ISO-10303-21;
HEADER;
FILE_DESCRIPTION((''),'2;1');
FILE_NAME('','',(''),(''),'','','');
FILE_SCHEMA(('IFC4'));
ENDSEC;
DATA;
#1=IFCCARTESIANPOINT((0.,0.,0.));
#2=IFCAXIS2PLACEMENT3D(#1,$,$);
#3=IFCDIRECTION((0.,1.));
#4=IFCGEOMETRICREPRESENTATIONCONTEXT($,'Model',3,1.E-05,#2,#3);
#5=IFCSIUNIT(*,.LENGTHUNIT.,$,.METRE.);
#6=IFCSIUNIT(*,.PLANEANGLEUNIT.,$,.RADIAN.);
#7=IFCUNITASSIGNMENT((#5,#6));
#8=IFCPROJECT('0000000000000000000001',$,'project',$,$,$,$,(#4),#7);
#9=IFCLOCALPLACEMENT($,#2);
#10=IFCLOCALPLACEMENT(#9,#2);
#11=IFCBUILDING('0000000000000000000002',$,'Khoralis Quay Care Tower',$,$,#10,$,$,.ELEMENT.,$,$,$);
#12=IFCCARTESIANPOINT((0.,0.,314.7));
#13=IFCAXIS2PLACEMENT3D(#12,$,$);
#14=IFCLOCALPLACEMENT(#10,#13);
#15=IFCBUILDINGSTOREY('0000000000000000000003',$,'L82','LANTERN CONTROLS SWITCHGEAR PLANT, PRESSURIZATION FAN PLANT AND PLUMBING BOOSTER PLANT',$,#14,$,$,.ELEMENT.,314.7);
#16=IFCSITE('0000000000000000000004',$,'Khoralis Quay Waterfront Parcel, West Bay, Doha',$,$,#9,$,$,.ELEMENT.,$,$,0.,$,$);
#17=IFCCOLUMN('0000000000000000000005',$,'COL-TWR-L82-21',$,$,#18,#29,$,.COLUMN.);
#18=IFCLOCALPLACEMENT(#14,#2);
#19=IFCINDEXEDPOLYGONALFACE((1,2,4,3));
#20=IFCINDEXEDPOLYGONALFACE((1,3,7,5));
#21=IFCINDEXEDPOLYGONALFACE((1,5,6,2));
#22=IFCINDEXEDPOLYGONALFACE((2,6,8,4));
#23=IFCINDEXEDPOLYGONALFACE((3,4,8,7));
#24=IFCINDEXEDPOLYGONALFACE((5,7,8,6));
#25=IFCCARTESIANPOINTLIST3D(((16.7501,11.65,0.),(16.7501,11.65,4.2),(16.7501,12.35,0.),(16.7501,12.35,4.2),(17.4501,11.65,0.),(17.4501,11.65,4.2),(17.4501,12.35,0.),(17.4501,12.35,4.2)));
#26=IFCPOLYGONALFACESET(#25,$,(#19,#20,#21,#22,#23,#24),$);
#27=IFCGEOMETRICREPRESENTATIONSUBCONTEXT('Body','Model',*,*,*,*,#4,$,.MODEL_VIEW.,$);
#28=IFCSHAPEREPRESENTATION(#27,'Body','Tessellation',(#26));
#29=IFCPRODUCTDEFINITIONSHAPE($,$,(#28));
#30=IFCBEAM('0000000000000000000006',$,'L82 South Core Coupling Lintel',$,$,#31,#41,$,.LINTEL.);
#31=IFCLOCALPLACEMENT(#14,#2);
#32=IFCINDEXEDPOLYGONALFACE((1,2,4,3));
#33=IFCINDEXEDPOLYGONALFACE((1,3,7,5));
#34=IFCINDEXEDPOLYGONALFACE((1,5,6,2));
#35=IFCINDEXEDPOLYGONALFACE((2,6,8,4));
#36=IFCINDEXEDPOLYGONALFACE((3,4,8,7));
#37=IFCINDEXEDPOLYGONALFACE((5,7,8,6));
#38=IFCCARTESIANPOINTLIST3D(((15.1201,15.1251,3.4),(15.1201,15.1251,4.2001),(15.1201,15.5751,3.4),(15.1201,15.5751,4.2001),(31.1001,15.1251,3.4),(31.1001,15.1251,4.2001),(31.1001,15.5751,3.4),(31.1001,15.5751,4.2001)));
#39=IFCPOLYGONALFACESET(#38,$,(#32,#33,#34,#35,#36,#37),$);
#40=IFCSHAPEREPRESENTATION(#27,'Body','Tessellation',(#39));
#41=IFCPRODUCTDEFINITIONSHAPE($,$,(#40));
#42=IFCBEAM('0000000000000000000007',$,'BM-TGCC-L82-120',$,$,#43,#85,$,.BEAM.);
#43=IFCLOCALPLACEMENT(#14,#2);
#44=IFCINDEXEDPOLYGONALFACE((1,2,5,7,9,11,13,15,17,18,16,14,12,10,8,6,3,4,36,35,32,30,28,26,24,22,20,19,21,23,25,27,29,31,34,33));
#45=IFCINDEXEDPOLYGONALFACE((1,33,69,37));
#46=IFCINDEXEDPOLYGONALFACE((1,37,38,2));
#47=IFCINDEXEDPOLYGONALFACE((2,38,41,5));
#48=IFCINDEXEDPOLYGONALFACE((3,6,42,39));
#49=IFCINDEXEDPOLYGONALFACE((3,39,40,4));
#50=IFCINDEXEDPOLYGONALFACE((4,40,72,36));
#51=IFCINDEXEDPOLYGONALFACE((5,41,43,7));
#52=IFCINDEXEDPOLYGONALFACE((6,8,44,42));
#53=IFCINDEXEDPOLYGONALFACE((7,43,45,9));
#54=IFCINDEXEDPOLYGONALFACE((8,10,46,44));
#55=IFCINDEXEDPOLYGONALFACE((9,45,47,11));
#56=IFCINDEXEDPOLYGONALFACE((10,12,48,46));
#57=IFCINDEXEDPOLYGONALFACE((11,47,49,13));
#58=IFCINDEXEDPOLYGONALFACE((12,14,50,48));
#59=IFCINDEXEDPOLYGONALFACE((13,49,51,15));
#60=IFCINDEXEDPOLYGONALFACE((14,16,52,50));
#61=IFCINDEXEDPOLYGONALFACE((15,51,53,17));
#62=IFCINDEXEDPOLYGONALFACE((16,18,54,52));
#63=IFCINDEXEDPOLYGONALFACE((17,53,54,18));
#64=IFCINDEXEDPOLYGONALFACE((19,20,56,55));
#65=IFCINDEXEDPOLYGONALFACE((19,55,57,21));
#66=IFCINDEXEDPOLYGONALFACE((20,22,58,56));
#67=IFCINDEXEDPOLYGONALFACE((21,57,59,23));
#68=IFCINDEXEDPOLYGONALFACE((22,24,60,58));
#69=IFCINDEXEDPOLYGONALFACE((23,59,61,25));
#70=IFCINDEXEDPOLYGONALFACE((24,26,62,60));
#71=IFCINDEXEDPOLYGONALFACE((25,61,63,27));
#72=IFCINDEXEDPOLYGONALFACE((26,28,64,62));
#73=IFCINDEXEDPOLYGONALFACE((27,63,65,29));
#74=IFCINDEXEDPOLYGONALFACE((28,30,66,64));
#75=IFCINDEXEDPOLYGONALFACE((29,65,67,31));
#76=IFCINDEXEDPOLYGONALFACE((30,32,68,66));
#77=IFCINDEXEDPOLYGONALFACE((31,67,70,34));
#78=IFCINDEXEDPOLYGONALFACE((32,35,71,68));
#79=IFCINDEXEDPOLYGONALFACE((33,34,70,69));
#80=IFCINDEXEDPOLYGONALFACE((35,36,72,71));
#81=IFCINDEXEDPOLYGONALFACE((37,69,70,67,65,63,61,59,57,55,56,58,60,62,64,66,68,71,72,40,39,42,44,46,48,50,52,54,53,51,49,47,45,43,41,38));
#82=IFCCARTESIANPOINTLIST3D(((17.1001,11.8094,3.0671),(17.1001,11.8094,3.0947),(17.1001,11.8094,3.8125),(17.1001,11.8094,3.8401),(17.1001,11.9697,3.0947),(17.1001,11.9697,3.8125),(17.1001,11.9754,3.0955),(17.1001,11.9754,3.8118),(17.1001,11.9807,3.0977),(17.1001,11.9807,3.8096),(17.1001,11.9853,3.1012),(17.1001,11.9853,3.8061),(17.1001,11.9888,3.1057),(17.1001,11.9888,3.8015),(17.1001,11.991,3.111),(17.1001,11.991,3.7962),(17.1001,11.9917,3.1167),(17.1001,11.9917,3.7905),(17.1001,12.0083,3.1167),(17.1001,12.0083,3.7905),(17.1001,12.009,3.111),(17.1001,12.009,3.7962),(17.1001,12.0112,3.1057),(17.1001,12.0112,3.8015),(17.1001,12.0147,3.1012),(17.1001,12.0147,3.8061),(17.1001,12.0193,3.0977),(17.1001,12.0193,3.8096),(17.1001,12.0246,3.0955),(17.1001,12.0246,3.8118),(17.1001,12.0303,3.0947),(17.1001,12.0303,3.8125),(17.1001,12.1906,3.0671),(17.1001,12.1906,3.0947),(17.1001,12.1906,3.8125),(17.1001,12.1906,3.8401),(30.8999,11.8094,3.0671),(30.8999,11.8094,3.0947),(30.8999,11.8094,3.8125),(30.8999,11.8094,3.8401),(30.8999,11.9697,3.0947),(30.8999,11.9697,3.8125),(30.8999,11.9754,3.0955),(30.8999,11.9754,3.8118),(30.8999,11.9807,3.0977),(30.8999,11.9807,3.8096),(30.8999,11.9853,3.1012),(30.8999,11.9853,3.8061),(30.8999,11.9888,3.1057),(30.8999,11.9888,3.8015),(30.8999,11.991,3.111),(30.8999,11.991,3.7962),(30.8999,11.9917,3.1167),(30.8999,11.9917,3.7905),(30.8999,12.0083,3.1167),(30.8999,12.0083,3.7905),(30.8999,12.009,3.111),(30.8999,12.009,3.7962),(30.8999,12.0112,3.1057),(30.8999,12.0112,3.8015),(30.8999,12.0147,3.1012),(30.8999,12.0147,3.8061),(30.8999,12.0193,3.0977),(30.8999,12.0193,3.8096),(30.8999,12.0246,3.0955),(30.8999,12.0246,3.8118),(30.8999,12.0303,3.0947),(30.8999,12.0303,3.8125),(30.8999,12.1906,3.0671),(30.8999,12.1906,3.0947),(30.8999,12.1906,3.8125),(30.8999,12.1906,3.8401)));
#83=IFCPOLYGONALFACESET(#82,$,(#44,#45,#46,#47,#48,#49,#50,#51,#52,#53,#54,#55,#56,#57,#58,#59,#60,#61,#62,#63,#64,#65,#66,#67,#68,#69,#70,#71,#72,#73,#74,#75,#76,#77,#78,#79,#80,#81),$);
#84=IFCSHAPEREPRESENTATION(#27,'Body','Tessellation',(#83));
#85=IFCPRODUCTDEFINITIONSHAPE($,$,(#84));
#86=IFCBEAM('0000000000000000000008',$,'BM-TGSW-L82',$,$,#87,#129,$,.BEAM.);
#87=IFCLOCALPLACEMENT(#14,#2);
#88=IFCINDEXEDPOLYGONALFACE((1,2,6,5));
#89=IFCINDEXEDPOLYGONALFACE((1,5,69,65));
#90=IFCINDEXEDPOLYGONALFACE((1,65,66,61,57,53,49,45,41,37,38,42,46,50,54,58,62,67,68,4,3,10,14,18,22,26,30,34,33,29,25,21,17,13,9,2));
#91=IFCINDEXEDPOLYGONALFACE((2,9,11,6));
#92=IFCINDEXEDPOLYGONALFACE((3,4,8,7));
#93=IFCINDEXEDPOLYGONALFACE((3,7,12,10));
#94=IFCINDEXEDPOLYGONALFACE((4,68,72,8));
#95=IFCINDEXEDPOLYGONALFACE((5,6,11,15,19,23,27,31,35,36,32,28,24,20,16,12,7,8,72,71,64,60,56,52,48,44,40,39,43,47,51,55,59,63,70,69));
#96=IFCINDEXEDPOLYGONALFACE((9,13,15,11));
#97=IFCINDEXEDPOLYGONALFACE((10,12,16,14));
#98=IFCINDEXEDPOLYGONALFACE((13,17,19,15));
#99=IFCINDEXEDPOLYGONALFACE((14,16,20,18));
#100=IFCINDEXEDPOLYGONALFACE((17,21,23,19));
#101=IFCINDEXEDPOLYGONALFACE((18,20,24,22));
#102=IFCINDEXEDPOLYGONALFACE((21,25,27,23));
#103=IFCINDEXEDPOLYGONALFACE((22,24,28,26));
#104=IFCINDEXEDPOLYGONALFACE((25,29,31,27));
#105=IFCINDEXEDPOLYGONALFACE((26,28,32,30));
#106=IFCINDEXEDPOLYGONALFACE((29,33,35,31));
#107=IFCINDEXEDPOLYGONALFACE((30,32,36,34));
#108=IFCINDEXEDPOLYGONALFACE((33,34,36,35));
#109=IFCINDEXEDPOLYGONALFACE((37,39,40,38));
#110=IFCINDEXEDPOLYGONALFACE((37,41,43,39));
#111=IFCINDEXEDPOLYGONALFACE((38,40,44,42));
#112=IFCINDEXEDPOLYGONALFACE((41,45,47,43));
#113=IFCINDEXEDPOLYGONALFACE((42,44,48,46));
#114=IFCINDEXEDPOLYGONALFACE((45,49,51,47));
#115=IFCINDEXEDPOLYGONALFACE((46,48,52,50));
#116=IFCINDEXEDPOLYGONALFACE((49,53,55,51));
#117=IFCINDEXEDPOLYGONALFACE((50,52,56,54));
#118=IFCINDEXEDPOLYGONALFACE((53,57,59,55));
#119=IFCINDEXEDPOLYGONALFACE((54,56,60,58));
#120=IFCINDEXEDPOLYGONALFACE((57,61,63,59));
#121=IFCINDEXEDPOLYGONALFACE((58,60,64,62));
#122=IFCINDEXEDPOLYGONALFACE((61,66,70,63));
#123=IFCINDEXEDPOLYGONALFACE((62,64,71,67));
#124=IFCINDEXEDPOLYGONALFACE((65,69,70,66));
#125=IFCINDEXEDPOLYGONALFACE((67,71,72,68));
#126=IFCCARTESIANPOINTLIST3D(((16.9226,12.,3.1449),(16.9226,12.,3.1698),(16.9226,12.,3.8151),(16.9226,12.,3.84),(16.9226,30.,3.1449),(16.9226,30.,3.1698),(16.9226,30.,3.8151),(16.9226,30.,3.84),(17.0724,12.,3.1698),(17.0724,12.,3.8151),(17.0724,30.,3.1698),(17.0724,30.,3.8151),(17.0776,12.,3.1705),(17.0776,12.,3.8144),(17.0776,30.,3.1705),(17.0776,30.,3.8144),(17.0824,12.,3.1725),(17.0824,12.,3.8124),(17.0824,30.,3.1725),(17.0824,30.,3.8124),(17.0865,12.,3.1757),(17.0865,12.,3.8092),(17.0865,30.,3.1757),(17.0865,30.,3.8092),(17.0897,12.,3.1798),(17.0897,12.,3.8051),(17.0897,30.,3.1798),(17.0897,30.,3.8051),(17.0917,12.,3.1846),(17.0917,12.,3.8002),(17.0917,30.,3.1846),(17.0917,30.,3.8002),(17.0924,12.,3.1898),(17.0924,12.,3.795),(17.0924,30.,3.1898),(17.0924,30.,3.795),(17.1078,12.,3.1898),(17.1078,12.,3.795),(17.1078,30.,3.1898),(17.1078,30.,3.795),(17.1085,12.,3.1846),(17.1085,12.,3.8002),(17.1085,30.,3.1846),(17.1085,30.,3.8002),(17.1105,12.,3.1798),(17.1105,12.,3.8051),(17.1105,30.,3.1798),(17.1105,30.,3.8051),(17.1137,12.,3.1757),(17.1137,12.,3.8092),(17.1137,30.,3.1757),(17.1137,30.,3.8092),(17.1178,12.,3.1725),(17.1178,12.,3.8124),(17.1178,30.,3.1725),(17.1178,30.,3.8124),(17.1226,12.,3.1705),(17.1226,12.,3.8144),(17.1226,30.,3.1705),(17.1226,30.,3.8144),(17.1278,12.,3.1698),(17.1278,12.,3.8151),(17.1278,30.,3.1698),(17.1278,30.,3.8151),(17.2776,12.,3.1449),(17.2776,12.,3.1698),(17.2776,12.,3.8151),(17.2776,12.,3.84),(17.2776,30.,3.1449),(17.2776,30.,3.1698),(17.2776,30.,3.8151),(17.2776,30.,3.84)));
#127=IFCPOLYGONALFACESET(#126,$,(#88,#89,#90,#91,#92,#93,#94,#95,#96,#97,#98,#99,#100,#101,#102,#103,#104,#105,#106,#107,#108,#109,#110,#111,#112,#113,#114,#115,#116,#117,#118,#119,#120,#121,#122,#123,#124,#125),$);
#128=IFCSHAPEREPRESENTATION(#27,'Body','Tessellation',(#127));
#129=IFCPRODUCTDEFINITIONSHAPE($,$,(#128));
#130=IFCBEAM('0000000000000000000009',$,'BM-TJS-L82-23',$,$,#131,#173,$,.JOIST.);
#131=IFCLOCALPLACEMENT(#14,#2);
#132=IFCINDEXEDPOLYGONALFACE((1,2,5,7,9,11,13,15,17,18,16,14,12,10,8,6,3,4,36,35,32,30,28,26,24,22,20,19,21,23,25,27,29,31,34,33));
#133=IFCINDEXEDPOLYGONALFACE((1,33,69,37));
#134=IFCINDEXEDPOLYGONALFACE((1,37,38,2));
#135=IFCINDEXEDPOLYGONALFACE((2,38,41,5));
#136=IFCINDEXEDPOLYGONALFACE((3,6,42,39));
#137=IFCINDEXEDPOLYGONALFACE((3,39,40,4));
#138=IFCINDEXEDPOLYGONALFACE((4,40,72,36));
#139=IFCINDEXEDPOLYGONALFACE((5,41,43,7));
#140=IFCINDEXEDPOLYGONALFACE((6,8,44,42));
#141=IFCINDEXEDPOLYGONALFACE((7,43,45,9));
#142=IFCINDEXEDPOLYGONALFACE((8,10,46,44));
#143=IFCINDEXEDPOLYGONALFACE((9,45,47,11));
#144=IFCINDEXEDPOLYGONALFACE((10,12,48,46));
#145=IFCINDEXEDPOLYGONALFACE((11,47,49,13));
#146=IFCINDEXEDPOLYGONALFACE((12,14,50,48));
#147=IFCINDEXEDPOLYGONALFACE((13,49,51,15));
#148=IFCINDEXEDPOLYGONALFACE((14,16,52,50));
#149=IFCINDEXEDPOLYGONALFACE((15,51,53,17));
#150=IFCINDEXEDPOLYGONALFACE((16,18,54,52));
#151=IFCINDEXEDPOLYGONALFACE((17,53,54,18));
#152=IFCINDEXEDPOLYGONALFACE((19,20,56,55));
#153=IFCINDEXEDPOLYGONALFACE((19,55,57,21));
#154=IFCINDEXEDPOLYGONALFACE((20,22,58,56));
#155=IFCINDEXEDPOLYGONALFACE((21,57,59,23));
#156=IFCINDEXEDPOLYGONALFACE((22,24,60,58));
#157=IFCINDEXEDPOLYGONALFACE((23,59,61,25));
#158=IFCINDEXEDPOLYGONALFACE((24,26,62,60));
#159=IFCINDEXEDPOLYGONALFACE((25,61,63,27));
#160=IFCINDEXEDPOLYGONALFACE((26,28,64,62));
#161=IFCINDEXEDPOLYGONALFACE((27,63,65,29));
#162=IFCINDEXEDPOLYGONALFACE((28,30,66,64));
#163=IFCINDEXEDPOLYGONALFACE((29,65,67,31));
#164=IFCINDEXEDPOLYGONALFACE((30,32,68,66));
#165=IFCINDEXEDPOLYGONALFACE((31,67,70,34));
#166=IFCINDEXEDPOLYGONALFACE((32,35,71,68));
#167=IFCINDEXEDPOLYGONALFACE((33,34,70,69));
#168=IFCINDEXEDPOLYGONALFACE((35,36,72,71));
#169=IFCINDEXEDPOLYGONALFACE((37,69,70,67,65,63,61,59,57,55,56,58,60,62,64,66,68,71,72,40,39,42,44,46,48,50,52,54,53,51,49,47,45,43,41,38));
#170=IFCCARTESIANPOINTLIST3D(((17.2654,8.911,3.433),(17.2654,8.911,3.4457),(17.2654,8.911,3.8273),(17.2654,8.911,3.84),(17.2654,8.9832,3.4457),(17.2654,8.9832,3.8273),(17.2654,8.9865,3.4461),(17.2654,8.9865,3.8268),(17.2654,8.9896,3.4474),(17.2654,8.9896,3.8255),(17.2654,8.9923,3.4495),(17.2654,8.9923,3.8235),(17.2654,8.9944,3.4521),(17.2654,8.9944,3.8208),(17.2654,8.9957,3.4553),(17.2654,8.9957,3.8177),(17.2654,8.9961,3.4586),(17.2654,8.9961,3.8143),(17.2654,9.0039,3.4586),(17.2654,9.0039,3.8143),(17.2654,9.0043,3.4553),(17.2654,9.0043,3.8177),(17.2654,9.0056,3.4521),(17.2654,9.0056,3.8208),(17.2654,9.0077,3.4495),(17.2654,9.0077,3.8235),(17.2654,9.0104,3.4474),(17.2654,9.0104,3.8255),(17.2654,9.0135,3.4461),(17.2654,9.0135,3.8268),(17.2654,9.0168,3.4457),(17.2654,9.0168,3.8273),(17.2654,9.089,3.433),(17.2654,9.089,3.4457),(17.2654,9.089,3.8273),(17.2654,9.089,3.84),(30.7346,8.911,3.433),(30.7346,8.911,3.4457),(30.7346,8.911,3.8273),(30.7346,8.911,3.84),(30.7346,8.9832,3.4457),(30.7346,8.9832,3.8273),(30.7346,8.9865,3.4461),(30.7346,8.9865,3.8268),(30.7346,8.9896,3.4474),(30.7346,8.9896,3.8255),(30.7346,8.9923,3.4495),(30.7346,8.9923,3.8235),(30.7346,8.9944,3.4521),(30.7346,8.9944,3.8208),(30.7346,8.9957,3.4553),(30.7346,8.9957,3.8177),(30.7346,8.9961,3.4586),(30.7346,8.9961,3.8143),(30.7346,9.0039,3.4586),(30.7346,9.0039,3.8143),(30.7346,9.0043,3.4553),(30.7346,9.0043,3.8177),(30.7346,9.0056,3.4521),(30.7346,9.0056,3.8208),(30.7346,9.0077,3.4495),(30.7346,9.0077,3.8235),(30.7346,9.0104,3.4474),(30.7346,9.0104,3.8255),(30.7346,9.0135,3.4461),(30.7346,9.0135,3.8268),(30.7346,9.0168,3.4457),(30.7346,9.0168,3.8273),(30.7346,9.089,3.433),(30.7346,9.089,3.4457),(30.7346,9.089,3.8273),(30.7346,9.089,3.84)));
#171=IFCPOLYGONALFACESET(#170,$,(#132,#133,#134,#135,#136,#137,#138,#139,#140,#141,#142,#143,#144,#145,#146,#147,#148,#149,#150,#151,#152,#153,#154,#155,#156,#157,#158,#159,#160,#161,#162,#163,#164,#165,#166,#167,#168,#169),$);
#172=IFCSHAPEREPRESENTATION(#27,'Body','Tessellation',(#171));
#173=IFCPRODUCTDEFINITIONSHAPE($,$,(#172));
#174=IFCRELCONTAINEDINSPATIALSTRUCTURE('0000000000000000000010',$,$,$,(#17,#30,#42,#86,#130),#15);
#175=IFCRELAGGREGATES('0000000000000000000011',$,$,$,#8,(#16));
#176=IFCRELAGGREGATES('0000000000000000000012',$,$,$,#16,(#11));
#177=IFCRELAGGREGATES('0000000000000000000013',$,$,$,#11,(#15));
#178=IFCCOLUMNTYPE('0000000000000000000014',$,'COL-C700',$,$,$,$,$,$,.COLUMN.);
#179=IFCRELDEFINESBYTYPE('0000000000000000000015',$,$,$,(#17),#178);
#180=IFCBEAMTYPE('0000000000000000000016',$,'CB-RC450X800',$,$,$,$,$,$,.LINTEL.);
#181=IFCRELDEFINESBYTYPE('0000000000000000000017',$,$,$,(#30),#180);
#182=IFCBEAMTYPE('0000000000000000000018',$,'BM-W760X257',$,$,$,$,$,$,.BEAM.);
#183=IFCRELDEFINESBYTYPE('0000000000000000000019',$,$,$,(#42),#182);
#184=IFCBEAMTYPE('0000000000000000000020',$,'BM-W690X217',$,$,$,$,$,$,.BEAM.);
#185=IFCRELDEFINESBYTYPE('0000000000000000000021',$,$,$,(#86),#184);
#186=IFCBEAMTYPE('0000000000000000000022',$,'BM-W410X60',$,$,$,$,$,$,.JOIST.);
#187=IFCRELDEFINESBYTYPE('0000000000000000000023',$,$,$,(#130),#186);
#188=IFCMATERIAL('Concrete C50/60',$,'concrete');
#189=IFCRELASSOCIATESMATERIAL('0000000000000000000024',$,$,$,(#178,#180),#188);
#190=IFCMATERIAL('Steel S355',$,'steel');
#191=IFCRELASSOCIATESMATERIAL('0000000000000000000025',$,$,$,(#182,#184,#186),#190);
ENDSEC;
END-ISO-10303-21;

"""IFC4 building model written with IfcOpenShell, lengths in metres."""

from ifc_helpers import new_model, si_unit, direction, frame, origin, origin_2d, place, context, subcontext, project, spatial, rectangle, i_section, extrude, source, transform, mapped, material, material_profile, profile_set, type_object, element, save


model = new_model("IFC4")

# Units and contexts
model_context = context("Model", 3, precision=1e-05, world=origin(), true_north=direction((0.0, 1.0)))
body_context = subcontext(model_context, "Body", "Model", "MODEL_VIEW")
ifc_project = project(units=[si_unit("LENGTHUNIT", "METRE"), si_unit("PLANEANGLEUNIT", "RADIAN")], contexts=[model_context])

# Site, building, storey
site_placement = place(None, origin())
site = spatial("IfcSite", under=ifc_project, at=site_placement, Name="Khoralis Quay Waterfront Parcel, West Bay, Doha", CompositionType="ELEMENT", RefElevation=0.0)
building_placement = place(site_placement, origin())
building = spatial("IfcBuilding", under=site, at=building_placement, Name="Khoralis Quay Care Tower", CompositionType="ELEMENT")
storey_placement = place(building_placement, frame((0.0, 0.0, 314.7)))
storey = spatial("IfcBuildingStorey", under=building, at=storey_placement, Name="L82", Description="LANTERN CONTROLS SWITCHGEAR PLANT, PRESSURIZATION FAN PLANT AND PLUMBING BOOSTER PLANT", CompositionType="ELEMENT", Elevation=314.7)

# Column
ifc_material_1 = material(Name="Concrete C50/60", Category="concrete")
ifc_material_profile_1 = material_profile(ifc_material_1, rectangle(XDim=0.7, YDim=0.7, at=origin_2d()), Name="Concrete C50/60")
ifc_profile_set_1 = profile_set([ifc_material_profile_1], Name="Concrete C50/60")
column_type = type_object("IfcColumnType", Name="COL-C700", PredefinedType="COLUMN", material=ifc_profile_set_1)
shared_shape_1 = source(origin(), body_context, "Body", "SweptSolid", [
    extrude(rectangle(XDim=0.7, YDim=0.7, at=origin_2d()), origin(), (0.0, 0.0, 1.0), 4.2),
])
column_placement = place(storey_placement, frame((17.1001, 12.0, 0.0), z_axis=(0.0, 0.0, 1.0), x_axis=(1.0, 0.0, 0.0)))
element("IfcColumn", 1, at=column_placement, inside=storey, type_object=column_type, Name="COL-TWR-L82-21", PredefinedType="COLUMN", context=body_context, shape_type="MappedRepresentation", body=[
    mapped(shared_shape_1, transform((0.0, 0.0, 0.0), scale=1.0)),
])

# Beams
ifc_material_profile_2 = material_profile(ifc_material_1, rectangle(XDim=0.45, YDim=0.8, at=origin_2d()), Name="Concrete C50/60")
ifc_profile_set_2 = profile_set([ifc_material_profile_2], Name="Concrete C50/60")
beam_type_1 = type_object("IfcBeamType", Name="CB-RC450X800", PredefinedType="LINTEL", material=ifc_profile_set_2)
shared_shape_2 = source(origin(), body_context, "Body", "SweptSolid", [
    extrude(rectangle(XDim=0.45, YDim=0.8, at=origin_2d()), origin(), (0.0, 0.0, 1.0), 15.98),
])
beam_1_placement = place(storey_placement, frame((15.1201, 15.3501, 3.8), z_axis=(1.0, 0.0, 0.0), x_axis=(0.0, 1.0, 0.0)))
element("IfcBeam", 2, at=beam_1_placement, inside=storey, type_object=beam_type_1, Name="L82 South Core Coupling Lintel", PredefinedType="LINTEL", context=body_context, shape_type="MappedRepresentation", body=[
    mapped(shared_shape_2, transform((0.0, 0.0, 0.0), scale=1.0)),
])
ifc_material_2 = material(Name="Steel S355", Category="steel")
ifc_material_profile_3 = material_profile(ifc_material_2, i_section(OverallWidth=0.3811, OverallDepth=0.7729, WebThickness=0.0166, FlangeThickness=0.0276, FilletRadius=0.022, at=origin_2d()), Name="Steel S355")
ifc_profile_set_3 = profile_set([ifc_material_profile_3], Name="Steel S355")
beam_type_2 = type_object("IfcBeamType", Name="BM-W760X257", PredefinedType="BEAM", material=ifc_profile_set_3)
shared_shape_3 = source(origin(), body_context, "Body", "SweptSolid", [
    extrude(i_section(OverallWidth=0.3811, OverallDepth=0.7729, WebThickness=0.0166, FlangeThickness=0.0276, FilletRadius=0.022, at=origin_2d()), origin(), (0.0, 0.0, 1.0), 13.7998),
])
beam_2_placement = place(storey_placement, frame((17.1001, 12.0, 3.4536), z_axis=(1.0, 0.0, 0.0), x_axis=(0.0, 1.0, 0.0)))
element("IfcBeam", 3, at=beam_2_placement, inside=storey, type_object=beam_type_2, Name="BM-TGCC-L82-120", PredefinedType="BEAM", context=body_context, shape_type="MappedRepresentation", body=[
    mapped(shared_shape_3, transform((0.0, 0.0, 0.0), scale=1.0)),
])
ifc_material_profile_4 = material_profile(ifc_material_2, i_section(OverallWidth=0.355, OverallDepth=0.6951, WebThickness=0.0154, FlangeThickness=0.0249, FilletRadius=0.02, at=origin_2d()), Name="Steel S355")
ifc_profile_set_4 = profile_set([ifc_material_profile_4], Name="Steel S355")
beam_type_3 = type_object("IfcBeamType", Name="BM-W690X217", PredefinedType="BEAM", material=ifc_profile_set_4)
shared_shape_4 = source(origin(), body_context, "Body", "SweptSolid", [
    extrude(i_section(OverallWidth=0.355, OverallDepth=0.6951, WebThickness=0.0154, FlangeThickness=0.0249, FilletRadius=0.02, at=origin_2d()), origin(), (0.0, 0.0, 1.0), 18.0),
])
beam_3_placement = place(storey_placement, frame((17.1001, 12.0, 3.4924), z_axis=(0.0, 1.0, 0.0), x_axis=(-1.0, 0.0, 0.0)))
element("IfcBeam", 4, at=beam_3_placement, inside=storey, type_object=beam_type_3, Name="BM-TGSW-L82", PredefinedType="BEAM", context=body_context, shape_type="MappedRepresentation", body=[
    mapped(shared_shape_4, transform((0.0, 0.0, 0.0), scale=1.0)),
])
ifc_material_profile_5 = material_profile(ifc_material_2, i_section(OverallWidth=0.178, OverallDepth=0.407, WebThickness=0.0078, FlangeThickness=0.0127, FilletRadius=0.0129, at=origin_2d()), Name="Steel S355")
ifc_profile_set_5 = profile_set([ifc_material_profile_5], Name="Steel S355")
beam_type_4 = type_object("IfcBeamType", Name="BM-W410X60", PredefinedType="JOIST", material=ifc_profile_set_5)
shared_shape_5 = source(origin(), body_context, "Body", "SweptSolid", [
    extrude(i_section(OverallWidth=0.178, OverallDepth=0.407, WebThickness=0.0078, FlangeThickness=0.0127, FilletRadius=0.0129, at=origin_2d()), origin(), (0.0, 0.0, 1.0), 13.4692),
])
beam_4_placement = place(storey_placement, frame((17.2654, 9.0, 3.6365), z_axis=(1.0, 0.0, 0.0), x_axis=(0.0, 1.0, 0.0)))
element("IfcBeam", 5, at=beam_4_placement, inside=storey, type_object=beam_type_4, Name="BM-TJS-L82-23", PredefinedType="JOIST", context=body_context, shape_type="MappedRepresentation", body=[
    mapped(shared_shape_5, transform((0.0, 0.0, 0.0), scale=1.0)),
])

save(model, "model.ifc")
